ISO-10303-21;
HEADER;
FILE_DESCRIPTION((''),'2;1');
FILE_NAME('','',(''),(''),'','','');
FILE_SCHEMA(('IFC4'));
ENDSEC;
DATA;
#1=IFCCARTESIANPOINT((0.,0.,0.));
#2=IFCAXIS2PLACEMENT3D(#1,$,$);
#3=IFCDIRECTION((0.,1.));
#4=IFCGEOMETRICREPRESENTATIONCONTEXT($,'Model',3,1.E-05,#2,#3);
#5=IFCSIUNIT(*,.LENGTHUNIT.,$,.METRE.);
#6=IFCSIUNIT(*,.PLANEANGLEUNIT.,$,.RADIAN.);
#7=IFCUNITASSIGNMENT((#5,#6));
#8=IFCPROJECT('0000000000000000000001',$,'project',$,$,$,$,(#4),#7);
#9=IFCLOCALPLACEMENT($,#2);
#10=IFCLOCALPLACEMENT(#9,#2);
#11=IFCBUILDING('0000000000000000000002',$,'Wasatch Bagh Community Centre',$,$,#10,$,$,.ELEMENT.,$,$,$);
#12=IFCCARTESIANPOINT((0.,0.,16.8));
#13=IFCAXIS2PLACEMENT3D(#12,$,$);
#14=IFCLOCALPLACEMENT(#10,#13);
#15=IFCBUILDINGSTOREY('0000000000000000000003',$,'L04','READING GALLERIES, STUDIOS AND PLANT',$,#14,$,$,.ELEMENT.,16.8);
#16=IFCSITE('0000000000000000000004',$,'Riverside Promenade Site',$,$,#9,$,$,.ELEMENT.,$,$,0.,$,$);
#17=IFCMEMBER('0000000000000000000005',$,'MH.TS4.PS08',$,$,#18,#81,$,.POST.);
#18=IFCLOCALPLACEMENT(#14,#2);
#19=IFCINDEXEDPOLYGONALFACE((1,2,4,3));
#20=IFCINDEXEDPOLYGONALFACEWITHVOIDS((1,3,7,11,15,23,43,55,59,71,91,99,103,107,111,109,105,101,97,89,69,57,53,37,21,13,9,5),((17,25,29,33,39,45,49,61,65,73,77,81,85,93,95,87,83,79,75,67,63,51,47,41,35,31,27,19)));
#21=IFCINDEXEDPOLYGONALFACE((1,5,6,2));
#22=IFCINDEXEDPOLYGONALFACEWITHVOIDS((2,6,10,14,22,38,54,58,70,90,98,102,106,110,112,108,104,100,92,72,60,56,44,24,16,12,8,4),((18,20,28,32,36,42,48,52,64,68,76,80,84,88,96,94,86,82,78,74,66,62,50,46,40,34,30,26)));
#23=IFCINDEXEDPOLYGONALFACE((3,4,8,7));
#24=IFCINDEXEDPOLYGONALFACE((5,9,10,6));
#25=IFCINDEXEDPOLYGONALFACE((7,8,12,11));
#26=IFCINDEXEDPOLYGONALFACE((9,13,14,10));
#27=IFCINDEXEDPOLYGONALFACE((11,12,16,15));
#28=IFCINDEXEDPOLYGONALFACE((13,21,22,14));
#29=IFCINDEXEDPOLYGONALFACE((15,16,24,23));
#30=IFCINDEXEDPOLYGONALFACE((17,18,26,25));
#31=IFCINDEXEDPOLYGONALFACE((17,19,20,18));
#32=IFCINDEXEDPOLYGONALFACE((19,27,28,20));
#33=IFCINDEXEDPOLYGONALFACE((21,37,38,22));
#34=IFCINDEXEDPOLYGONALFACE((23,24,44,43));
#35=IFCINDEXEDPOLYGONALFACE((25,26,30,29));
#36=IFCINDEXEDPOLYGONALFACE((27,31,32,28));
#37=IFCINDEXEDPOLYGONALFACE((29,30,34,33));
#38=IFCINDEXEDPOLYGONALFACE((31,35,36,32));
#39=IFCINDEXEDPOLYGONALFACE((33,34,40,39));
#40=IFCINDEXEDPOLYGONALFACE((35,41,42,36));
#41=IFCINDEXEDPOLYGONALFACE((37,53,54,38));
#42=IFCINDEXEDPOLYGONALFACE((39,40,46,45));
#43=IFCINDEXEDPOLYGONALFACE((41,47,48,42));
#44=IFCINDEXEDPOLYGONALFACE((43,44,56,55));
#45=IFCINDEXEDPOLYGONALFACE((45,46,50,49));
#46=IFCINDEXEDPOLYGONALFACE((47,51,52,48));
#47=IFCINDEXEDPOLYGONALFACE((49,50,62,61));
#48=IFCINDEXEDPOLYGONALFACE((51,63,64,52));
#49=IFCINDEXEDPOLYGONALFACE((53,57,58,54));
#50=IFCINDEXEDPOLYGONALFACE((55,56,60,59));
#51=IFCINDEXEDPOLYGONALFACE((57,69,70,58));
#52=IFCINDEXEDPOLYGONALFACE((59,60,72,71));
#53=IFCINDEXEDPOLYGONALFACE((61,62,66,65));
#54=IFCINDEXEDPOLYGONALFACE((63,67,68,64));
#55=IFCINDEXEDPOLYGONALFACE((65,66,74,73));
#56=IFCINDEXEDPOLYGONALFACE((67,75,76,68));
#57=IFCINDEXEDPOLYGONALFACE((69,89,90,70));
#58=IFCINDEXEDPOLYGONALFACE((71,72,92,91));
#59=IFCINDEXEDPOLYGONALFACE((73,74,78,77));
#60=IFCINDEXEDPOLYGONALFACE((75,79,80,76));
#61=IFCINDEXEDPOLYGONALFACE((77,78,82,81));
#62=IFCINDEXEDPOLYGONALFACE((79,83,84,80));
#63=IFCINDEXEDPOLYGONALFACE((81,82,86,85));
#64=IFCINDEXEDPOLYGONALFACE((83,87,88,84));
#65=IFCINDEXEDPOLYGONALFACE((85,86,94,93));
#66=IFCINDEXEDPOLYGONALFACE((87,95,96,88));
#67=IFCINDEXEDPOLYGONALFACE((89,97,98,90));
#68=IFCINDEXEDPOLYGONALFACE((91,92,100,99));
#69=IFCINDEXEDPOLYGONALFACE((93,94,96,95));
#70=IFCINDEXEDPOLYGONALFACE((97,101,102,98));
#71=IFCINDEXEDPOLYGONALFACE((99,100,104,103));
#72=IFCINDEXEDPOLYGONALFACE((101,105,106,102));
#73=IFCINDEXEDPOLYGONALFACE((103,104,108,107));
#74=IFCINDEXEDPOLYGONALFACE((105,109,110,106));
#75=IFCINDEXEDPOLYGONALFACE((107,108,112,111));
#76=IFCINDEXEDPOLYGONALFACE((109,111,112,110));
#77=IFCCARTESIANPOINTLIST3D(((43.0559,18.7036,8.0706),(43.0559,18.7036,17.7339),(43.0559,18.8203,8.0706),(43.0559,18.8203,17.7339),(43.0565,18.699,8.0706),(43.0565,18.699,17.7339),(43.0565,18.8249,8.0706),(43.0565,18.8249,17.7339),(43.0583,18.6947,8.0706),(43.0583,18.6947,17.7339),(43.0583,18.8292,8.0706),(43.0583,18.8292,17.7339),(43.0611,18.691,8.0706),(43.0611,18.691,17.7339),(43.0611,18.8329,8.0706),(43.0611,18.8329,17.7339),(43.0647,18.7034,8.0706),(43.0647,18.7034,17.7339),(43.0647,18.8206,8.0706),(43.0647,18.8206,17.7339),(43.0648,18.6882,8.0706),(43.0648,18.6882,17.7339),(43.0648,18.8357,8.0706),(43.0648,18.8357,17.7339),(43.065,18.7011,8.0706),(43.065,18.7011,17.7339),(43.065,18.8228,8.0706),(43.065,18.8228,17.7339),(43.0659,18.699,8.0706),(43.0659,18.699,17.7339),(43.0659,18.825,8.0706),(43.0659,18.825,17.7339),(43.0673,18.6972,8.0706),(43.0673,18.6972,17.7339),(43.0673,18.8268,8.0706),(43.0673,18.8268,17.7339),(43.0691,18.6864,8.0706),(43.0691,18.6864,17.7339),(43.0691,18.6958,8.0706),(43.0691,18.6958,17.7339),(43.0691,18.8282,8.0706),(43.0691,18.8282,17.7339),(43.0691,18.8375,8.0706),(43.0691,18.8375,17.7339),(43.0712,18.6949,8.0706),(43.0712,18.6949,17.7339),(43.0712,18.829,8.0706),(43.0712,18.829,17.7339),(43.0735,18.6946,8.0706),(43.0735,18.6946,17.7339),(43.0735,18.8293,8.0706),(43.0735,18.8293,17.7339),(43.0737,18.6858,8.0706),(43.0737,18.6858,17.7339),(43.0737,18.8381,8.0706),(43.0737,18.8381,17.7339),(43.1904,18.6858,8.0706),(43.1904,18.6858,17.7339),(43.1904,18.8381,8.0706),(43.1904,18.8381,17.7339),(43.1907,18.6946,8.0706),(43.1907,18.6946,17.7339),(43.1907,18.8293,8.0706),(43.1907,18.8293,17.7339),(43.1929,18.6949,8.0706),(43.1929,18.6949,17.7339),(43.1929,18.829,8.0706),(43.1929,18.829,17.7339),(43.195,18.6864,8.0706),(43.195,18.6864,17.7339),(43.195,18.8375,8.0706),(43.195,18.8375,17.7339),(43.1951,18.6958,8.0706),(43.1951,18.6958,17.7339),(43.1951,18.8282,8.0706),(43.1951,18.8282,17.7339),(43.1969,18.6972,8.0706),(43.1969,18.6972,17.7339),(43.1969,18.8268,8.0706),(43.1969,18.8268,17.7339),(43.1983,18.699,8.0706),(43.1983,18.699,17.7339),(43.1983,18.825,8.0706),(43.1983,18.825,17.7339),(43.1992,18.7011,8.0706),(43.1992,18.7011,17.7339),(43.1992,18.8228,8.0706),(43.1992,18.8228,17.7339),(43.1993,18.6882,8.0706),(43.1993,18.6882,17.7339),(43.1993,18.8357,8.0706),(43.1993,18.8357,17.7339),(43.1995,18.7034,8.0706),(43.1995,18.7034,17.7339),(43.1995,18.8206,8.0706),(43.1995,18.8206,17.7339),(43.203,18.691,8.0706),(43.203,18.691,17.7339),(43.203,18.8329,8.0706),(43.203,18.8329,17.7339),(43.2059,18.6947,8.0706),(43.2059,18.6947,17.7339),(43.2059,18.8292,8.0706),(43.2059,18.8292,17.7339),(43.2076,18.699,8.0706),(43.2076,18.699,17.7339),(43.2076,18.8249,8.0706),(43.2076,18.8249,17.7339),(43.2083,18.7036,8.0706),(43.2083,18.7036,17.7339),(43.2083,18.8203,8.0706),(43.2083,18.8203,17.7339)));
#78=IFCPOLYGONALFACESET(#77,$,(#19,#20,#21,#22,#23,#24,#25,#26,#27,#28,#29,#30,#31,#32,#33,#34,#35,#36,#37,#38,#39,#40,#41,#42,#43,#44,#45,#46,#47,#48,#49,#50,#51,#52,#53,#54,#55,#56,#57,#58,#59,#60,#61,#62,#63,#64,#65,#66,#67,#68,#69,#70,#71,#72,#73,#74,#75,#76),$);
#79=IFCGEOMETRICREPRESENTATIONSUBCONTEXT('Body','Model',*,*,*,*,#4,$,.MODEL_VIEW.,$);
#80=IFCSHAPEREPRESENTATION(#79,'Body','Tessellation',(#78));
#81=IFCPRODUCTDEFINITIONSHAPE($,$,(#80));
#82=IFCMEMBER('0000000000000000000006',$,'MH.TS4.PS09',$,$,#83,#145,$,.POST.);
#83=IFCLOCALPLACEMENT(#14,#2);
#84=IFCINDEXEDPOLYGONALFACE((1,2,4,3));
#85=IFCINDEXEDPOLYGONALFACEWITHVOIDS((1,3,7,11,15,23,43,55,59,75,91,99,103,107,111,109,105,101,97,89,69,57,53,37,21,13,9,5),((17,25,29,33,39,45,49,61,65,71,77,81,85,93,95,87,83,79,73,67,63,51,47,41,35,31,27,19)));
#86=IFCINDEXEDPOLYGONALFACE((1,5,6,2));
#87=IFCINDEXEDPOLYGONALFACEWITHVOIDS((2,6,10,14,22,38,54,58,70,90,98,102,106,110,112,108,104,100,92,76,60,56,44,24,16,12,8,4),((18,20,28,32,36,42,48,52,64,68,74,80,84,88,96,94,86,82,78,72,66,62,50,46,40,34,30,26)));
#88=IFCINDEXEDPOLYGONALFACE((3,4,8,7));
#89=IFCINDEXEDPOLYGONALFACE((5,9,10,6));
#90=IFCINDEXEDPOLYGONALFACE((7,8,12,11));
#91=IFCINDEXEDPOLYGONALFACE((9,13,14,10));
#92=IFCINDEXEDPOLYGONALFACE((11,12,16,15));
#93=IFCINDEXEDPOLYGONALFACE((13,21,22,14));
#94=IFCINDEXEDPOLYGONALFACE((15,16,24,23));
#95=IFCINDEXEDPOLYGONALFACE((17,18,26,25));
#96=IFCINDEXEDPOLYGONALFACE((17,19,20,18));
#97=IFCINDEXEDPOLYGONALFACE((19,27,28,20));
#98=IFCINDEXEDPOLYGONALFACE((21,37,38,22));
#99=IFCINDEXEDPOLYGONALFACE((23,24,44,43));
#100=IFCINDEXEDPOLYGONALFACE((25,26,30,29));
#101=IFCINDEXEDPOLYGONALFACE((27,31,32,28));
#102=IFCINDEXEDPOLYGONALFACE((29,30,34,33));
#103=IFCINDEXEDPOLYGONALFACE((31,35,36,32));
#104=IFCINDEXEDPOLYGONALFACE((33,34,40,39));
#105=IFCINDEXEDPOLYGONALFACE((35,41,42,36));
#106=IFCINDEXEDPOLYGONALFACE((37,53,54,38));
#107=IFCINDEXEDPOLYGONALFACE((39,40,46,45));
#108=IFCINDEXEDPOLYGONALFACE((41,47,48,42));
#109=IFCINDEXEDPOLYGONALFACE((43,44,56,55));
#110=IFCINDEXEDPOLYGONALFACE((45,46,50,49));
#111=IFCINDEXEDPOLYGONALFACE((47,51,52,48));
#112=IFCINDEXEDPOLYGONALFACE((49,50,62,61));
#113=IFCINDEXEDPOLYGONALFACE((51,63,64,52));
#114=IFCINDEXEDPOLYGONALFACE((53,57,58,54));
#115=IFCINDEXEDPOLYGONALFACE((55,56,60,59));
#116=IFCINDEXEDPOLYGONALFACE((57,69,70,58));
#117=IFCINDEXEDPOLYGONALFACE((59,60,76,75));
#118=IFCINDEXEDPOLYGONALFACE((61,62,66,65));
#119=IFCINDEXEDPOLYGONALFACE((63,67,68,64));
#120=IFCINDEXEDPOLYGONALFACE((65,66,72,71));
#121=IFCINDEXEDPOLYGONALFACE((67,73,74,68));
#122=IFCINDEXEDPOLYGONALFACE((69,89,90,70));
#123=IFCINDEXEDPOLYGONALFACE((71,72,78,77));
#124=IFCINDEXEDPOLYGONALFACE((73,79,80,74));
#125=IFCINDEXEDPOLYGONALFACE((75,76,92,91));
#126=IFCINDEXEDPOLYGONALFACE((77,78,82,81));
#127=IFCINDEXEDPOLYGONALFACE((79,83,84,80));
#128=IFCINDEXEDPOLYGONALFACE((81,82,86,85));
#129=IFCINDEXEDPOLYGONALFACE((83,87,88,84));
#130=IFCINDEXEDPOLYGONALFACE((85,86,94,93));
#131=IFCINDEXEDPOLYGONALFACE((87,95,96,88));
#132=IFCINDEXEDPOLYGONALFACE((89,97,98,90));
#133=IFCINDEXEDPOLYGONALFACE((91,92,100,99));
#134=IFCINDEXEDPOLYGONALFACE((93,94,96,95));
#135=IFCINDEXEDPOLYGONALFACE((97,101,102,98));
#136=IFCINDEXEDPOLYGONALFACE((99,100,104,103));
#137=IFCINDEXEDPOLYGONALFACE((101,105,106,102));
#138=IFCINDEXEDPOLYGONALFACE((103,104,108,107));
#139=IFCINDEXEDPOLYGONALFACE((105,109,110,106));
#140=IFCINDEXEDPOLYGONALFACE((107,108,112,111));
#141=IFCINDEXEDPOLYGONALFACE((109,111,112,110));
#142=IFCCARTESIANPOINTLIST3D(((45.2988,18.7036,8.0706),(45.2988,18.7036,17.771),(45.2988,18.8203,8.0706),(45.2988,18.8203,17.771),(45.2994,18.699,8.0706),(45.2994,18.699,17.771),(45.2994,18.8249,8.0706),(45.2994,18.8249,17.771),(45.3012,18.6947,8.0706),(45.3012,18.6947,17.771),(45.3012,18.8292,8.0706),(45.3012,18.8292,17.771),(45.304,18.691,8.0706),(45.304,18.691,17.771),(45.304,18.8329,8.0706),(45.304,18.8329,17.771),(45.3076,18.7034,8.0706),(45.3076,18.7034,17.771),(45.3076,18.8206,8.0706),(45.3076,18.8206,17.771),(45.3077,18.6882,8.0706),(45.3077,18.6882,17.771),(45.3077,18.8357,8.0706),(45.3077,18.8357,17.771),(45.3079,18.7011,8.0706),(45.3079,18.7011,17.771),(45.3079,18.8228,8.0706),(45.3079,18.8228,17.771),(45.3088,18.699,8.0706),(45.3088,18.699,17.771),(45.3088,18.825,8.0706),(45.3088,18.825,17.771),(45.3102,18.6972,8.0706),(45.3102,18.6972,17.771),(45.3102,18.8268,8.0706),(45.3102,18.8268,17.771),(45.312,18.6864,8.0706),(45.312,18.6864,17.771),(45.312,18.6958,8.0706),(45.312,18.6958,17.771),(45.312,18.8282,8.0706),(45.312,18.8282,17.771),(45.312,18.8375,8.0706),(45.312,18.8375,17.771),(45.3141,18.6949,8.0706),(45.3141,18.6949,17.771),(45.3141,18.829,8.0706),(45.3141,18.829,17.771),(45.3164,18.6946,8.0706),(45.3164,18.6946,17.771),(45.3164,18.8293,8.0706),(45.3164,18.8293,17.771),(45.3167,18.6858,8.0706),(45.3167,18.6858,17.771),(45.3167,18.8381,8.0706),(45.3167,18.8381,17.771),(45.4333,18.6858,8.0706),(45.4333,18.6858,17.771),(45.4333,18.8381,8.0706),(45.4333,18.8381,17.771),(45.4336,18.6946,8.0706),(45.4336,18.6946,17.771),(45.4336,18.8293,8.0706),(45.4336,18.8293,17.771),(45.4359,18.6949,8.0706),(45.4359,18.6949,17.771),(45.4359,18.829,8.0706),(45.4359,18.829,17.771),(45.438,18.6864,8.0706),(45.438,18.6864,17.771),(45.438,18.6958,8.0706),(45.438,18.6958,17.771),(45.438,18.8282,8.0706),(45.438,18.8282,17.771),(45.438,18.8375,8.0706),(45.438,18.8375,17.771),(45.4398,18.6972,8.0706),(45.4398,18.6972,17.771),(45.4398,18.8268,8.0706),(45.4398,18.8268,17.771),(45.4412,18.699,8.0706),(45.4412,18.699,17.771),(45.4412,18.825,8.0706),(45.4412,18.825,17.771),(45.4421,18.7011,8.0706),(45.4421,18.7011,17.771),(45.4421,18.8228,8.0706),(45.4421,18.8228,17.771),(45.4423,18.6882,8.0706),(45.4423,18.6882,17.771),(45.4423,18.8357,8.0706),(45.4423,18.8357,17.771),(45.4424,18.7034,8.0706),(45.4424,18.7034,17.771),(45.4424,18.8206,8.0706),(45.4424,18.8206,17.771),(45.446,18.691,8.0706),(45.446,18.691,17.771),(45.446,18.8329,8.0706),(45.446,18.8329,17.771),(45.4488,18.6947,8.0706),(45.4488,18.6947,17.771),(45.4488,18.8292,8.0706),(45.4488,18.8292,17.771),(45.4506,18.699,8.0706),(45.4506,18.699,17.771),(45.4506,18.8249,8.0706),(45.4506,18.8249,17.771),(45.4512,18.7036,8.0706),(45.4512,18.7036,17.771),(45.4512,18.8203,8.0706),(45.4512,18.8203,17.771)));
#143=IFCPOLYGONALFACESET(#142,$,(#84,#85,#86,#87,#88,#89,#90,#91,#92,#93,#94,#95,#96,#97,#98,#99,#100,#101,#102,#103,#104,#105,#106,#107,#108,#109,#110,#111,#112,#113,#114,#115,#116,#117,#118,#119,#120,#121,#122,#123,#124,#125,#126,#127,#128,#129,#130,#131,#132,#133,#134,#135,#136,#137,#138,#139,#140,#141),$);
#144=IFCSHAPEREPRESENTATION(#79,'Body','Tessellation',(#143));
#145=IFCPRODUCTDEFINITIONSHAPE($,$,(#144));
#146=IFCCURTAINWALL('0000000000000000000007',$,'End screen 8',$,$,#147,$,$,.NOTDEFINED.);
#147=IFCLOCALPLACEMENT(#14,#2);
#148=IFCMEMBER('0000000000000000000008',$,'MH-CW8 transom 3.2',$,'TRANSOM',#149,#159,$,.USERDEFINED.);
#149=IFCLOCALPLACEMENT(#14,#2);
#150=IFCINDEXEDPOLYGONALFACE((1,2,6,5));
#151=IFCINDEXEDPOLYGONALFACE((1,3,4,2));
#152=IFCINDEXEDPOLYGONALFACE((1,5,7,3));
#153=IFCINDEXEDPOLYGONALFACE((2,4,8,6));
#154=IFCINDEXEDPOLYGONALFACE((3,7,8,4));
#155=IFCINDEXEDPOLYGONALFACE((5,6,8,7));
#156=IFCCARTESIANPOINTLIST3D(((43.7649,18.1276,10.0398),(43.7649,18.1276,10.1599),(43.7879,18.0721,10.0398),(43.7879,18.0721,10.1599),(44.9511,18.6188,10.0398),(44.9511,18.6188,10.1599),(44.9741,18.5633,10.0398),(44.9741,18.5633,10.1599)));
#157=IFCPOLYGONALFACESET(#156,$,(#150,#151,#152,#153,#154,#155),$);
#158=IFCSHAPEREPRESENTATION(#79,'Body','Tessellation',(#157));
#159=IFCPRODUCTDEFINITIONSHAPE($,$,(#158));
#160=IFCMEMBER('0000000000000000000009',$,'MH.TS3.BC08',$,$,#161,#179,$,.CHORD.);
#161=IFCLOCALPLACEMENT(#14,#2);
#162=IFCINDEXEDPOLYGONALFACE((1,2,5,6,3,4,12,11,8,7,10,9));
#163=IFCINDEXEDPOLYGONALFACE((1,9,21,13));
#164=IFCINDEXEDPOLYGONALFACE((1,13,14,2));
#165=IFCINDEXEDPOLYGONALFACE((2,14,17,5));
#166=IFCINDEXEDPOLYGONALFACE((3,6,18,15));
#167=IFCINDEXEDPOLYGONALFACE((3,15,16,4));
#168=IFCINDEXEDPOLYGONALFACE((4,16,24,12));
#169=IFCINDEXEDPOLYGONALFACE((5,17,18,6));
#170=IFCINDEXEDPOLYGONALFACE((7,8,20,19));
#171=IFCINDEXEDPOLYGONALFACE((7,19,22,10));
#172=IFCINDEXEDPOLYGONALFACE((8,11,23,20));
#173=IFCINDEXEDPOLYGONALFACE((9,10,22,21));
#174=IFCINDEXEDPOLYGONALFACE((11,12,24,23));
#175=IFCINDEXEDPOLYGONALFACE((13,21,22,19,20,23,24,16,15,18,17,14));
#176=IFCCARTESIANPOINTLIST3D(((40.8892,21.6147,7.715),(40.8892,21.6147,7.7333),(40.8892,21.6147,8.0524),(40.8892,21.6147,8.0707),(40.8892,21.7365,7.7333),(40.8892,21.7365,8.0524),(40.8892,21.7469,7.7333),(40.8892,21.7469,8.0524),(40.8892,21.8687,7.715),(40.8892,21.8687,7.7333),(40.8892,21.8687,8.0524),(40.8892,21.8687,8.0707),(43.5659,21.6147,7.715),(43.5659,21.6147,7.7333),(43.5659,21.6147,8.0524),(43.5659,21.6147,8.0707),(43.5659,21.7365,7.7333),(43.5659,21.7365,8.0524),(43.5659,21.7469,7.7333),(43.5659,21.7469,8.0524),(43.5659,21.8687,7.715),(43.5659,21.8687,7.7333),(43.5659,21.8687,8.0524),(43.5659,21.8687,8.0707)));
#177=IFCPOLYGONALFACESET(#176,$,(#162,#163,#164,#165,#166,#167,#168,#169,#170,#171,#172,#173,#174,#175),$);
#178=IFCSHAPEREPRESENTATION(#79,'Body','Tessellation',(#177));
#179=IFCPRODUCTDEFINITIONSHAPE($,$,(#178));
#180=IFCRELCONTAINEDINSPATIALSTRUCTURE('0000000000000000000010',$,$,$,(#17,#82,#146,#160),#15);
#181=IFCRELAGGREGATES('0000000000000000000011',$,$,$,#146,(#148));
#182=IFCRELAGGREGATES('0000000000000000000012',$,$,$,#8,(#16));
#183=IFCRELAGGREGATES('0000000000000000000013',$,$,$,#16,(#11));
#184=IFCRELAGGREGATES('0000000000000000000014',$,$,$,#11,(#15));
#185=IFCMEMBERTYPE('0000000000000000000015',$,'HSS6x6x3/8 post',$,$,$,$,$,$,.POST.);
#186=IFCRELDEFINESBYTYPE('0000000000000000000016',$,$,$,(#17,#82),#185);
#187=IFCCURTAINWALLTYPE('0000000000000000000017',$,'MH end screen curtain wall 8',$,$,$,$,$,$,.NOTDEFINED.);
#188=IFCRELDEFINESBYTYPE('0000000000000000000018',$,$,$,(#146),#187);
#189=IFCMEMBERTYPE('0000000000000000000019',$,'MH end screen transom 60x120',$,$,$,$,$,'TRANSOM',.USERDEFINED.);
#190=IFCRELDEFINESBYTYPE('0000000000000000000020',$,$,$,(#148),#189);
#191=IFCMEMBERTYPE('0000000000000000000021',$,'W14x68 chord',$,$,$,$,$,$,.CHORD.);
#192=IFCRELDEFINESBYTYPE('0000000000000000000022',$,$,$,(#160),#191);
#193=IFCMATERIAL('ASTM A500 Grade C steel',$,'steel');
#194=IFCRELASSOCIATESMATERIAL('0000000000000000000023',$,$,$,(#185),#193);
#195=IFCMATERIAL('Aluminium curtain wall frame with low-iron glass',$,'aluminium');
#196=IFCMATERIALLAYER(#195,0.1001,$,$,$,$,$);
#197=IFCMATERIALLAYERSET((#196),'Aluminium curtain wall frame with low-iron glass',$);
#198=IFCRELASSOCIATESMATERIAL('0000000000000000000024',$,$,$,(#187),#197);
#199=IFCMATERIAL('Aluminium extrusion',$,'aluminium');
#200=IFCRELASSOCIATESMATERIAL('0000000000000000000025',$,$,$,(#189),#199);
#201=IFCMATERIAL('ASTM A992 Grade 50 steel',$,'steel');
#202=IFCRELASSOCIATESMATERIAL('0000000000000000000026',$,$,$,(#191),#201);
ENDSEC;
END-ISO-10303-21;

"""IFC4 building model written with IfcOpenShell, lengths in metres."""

from ifc_helpers import new_model, si_unit, direction, frame, origin, origin_2d, place, context, subcontext, project, spatial, rectangle, hollow_rectangle, i_section, extrude, material, layer, layer_set, material_profile, profile_set, type_object, element, aggregate, save


model = new_model("IFC4")

# Units and contexts
model_context = context("Model", 3, precision=1e-05, world=origin(), true_north=direction((0.0, 1.0)))
body_context = subcontext(model_context, "Body", "Model", "MODEL_VIEW")
ifc_project = project(units=[si_unit("LENGTHUNIT", "METRE"), si_unit("PLANEANGLEUNIT", "RADIAN")], contexts=[model_context])

# Site, building, storey
site_placement = place(None, origin())
site = spatial("IfcSite", under=ifc_project, at=site_placement, Name="Riverside Promenade Site", CompositionType="ELEMENT", RefElevation=0.0)
building_placement = place(site_placement, origin())
building = spatial("IfcBuilding", under=site, at=building_placement, Name="Wasatch Bagh Community Centre", CompositionType="ELEMENT")
storey_placement = place(building_placement, frame((0.0, 0.0, 16.8)))
storey = spatial("IfcBuildingStorey", under=building, at=storey_placement, Name="L04", Description="READING GALLERIES, STUDIOS AND PLANT", CompositionType="ELEMENT", Elevation=16.8)

# Members
ifc_material_1 = material(Name="ASTM A500 Grade C steel", Category="steel")
ifc_material_profile_1 = material_profile(ifc_material_1, hollow_rectangle(XDim=0.1523, YDim=0.1523, WallThickness=0.0088, InnerFilletRadius=0.0088, OuterFilletRadius=0.0178, at=origin_2d()), Name="HSS6x6x3/8")
ifc_profile_set_1 = profile_set([ifc_material_profile_1], Name="ASTM A500 Grade C steel")
member_type_1 = type_object("IfcMemberType", Name="HSS6x6x3/8 post", PredefinedType="POST", material=ifc_profile_set_1)
member_1_placement = place(storey_placement, frame((43.1321, 18.762, 8.0706), z_axis=(0.0, 0.0, 1.0), x_axis=(1.0, 0.0, 0.0)))
element("IfcMember", 1, at=member_1_placement, inside=storey, type_object=member_type_1, Name="MH.TS4.PS08", PredefinedType="POST", context=body_context, shape_type="SweptSolid", body=[
    extrude(hollow_rectangle(XDim=0.1523, YDim=0.1523, WallThickness=0.0088, InnerFilletRadius=0.0088, OuterFilletRadius=0.0178, at=origin_2d()), origin(), (0.0, 0.0, 1.0), 9.6633),
])
member_2_placement = place(storey_placement, frame((45.375, 18.762, 8.0706), z_axis=(0.0, 0.0, 1.0), x_axis=(1.0, 0.0, 0.0)))
element("IfcMember", 2, at=member_2_placement, inside=storey, type_object=member_type_1, Name="MH.TS4.PS09", PredefinedType="POST", context=body_context, shape_type="SweptSolid", body=[
    extrude(hollow_rectangle(XDim=0.1523, YDim=0.1523, WallThickness=0.0088, InnerFilletRadius=0.0088, OuterFilletRadius=0.0178, at=origin_2d()), origin(), (0.0, 0.0, 1.0), 9.7004),
])

# Curtain wall, member
ifc_material_2 = material(Name="Aluminium curtain wall frame with low-iron glass", Category="aluminium")
ifc_layer_1 = layer(ifc_material_2, 0.1001)
ifc_layer_set_1 = layer_set([ifc_layer_1], Name="Aluminium curtain wall frame with low-iron glass")
curtain_wall_type = type_object("IfcCurtainWallType", Name="MH end screen curtain wall 8", PredefinedType="NOTDEFINED", material=ifc_layer_set_1)
curtain_wall_placement = place(storey_placement, origin())
curtain_wall = element("IfcCurtainWall", 3, at=curtain_wall_placement, inside=storey, type_object=curtain_wall_type, Name="End screen 8", PredefinedType="NOTDEFINED")
ifc_material_3 = material(Name="Aluminium extrusion", Category="aluminium")
ifc_material_profile_2 = material_profile(ifc_material_3, rectangle(XDim=0.0601, YDim=0.1201, at=origin_2d()), Name="AL 60x120")
ifc_profile_set_2 = profile_set([ifc_material_profile_2], Name="Aluminium extrusion")
member_type_2 = type_object("IfcMemberType", Name="MH end screen transom 60x120", ElementType="TRANSOM", PredefinedType="USERDEFINED", material=ifc_profile_set_2)
member_3_placement = place(storey_placement, frame((43.7764, 18.0999, 10.0999), z_axis=(0.923924, 0.382576, 0.0), x_axis=(-0.382576, 0.923924, 0.0)))
member_3 = element("IfcMember", 4, at=member_3_placement, type_object=member_type_2, Name="MH-CW8 transom 3.2", ObjectType="TRANSOM", PredefinedType="USERDEFINED", context=body_context, shape_type="SweptSolid", body=[
    extrude(rectangle(XDim=0.0601, YDim=0.1201, at=origin_2d()), origin(), (0.0, 0.0, 1.0), 1.2839),
])

# Member
ifc_material_4 = material(Name="ASTM A992 Grade 50 steel", Category="steel")
ifc_material_profile_3 = material_profile(ifc_material_4, i_section(OverallWidth=0.2539, OverallDepth=0.3557, WebThickness=0.0105, FlangeThickness=0.0183, at=origin_2d()), Name="W14x68")
ifc_profile_set_3 = profile_set([ifc_material_profile_3], Name="ASTM A992 Grade 50 steel")
member_type_3 = type_object("IfcMemberType", Name="W14x68 chord", PredefinedType="CHORD", material=ifc_profile_set_3)
member_4_placement = place(storey_placement, frame((40.8892, 21.7417, 7.8928), z_axis=(1.0, 0.0, 0.0), x_axis=(0.0, 1.0, 0.0)))
element("IfcMember", 5, at=member_4_placement, inside=storey, type_object=member_type_3, Name="MH.TS3.BC08", PredefinedType="CHORD", context=body_context, shape_type="SweptSolid", body=[
    extrude(i_section(OverallWidth=0.2539, OverallDepth=0.3557, WebThickness=0.0105, FlangeThickness=0.0183, at=origin_2d()), origin(), (0.0, 0.0, 1.0), 2.6768),
])

aggregate(curtain_wall, [member_3])

save(model, "model.ifc")
